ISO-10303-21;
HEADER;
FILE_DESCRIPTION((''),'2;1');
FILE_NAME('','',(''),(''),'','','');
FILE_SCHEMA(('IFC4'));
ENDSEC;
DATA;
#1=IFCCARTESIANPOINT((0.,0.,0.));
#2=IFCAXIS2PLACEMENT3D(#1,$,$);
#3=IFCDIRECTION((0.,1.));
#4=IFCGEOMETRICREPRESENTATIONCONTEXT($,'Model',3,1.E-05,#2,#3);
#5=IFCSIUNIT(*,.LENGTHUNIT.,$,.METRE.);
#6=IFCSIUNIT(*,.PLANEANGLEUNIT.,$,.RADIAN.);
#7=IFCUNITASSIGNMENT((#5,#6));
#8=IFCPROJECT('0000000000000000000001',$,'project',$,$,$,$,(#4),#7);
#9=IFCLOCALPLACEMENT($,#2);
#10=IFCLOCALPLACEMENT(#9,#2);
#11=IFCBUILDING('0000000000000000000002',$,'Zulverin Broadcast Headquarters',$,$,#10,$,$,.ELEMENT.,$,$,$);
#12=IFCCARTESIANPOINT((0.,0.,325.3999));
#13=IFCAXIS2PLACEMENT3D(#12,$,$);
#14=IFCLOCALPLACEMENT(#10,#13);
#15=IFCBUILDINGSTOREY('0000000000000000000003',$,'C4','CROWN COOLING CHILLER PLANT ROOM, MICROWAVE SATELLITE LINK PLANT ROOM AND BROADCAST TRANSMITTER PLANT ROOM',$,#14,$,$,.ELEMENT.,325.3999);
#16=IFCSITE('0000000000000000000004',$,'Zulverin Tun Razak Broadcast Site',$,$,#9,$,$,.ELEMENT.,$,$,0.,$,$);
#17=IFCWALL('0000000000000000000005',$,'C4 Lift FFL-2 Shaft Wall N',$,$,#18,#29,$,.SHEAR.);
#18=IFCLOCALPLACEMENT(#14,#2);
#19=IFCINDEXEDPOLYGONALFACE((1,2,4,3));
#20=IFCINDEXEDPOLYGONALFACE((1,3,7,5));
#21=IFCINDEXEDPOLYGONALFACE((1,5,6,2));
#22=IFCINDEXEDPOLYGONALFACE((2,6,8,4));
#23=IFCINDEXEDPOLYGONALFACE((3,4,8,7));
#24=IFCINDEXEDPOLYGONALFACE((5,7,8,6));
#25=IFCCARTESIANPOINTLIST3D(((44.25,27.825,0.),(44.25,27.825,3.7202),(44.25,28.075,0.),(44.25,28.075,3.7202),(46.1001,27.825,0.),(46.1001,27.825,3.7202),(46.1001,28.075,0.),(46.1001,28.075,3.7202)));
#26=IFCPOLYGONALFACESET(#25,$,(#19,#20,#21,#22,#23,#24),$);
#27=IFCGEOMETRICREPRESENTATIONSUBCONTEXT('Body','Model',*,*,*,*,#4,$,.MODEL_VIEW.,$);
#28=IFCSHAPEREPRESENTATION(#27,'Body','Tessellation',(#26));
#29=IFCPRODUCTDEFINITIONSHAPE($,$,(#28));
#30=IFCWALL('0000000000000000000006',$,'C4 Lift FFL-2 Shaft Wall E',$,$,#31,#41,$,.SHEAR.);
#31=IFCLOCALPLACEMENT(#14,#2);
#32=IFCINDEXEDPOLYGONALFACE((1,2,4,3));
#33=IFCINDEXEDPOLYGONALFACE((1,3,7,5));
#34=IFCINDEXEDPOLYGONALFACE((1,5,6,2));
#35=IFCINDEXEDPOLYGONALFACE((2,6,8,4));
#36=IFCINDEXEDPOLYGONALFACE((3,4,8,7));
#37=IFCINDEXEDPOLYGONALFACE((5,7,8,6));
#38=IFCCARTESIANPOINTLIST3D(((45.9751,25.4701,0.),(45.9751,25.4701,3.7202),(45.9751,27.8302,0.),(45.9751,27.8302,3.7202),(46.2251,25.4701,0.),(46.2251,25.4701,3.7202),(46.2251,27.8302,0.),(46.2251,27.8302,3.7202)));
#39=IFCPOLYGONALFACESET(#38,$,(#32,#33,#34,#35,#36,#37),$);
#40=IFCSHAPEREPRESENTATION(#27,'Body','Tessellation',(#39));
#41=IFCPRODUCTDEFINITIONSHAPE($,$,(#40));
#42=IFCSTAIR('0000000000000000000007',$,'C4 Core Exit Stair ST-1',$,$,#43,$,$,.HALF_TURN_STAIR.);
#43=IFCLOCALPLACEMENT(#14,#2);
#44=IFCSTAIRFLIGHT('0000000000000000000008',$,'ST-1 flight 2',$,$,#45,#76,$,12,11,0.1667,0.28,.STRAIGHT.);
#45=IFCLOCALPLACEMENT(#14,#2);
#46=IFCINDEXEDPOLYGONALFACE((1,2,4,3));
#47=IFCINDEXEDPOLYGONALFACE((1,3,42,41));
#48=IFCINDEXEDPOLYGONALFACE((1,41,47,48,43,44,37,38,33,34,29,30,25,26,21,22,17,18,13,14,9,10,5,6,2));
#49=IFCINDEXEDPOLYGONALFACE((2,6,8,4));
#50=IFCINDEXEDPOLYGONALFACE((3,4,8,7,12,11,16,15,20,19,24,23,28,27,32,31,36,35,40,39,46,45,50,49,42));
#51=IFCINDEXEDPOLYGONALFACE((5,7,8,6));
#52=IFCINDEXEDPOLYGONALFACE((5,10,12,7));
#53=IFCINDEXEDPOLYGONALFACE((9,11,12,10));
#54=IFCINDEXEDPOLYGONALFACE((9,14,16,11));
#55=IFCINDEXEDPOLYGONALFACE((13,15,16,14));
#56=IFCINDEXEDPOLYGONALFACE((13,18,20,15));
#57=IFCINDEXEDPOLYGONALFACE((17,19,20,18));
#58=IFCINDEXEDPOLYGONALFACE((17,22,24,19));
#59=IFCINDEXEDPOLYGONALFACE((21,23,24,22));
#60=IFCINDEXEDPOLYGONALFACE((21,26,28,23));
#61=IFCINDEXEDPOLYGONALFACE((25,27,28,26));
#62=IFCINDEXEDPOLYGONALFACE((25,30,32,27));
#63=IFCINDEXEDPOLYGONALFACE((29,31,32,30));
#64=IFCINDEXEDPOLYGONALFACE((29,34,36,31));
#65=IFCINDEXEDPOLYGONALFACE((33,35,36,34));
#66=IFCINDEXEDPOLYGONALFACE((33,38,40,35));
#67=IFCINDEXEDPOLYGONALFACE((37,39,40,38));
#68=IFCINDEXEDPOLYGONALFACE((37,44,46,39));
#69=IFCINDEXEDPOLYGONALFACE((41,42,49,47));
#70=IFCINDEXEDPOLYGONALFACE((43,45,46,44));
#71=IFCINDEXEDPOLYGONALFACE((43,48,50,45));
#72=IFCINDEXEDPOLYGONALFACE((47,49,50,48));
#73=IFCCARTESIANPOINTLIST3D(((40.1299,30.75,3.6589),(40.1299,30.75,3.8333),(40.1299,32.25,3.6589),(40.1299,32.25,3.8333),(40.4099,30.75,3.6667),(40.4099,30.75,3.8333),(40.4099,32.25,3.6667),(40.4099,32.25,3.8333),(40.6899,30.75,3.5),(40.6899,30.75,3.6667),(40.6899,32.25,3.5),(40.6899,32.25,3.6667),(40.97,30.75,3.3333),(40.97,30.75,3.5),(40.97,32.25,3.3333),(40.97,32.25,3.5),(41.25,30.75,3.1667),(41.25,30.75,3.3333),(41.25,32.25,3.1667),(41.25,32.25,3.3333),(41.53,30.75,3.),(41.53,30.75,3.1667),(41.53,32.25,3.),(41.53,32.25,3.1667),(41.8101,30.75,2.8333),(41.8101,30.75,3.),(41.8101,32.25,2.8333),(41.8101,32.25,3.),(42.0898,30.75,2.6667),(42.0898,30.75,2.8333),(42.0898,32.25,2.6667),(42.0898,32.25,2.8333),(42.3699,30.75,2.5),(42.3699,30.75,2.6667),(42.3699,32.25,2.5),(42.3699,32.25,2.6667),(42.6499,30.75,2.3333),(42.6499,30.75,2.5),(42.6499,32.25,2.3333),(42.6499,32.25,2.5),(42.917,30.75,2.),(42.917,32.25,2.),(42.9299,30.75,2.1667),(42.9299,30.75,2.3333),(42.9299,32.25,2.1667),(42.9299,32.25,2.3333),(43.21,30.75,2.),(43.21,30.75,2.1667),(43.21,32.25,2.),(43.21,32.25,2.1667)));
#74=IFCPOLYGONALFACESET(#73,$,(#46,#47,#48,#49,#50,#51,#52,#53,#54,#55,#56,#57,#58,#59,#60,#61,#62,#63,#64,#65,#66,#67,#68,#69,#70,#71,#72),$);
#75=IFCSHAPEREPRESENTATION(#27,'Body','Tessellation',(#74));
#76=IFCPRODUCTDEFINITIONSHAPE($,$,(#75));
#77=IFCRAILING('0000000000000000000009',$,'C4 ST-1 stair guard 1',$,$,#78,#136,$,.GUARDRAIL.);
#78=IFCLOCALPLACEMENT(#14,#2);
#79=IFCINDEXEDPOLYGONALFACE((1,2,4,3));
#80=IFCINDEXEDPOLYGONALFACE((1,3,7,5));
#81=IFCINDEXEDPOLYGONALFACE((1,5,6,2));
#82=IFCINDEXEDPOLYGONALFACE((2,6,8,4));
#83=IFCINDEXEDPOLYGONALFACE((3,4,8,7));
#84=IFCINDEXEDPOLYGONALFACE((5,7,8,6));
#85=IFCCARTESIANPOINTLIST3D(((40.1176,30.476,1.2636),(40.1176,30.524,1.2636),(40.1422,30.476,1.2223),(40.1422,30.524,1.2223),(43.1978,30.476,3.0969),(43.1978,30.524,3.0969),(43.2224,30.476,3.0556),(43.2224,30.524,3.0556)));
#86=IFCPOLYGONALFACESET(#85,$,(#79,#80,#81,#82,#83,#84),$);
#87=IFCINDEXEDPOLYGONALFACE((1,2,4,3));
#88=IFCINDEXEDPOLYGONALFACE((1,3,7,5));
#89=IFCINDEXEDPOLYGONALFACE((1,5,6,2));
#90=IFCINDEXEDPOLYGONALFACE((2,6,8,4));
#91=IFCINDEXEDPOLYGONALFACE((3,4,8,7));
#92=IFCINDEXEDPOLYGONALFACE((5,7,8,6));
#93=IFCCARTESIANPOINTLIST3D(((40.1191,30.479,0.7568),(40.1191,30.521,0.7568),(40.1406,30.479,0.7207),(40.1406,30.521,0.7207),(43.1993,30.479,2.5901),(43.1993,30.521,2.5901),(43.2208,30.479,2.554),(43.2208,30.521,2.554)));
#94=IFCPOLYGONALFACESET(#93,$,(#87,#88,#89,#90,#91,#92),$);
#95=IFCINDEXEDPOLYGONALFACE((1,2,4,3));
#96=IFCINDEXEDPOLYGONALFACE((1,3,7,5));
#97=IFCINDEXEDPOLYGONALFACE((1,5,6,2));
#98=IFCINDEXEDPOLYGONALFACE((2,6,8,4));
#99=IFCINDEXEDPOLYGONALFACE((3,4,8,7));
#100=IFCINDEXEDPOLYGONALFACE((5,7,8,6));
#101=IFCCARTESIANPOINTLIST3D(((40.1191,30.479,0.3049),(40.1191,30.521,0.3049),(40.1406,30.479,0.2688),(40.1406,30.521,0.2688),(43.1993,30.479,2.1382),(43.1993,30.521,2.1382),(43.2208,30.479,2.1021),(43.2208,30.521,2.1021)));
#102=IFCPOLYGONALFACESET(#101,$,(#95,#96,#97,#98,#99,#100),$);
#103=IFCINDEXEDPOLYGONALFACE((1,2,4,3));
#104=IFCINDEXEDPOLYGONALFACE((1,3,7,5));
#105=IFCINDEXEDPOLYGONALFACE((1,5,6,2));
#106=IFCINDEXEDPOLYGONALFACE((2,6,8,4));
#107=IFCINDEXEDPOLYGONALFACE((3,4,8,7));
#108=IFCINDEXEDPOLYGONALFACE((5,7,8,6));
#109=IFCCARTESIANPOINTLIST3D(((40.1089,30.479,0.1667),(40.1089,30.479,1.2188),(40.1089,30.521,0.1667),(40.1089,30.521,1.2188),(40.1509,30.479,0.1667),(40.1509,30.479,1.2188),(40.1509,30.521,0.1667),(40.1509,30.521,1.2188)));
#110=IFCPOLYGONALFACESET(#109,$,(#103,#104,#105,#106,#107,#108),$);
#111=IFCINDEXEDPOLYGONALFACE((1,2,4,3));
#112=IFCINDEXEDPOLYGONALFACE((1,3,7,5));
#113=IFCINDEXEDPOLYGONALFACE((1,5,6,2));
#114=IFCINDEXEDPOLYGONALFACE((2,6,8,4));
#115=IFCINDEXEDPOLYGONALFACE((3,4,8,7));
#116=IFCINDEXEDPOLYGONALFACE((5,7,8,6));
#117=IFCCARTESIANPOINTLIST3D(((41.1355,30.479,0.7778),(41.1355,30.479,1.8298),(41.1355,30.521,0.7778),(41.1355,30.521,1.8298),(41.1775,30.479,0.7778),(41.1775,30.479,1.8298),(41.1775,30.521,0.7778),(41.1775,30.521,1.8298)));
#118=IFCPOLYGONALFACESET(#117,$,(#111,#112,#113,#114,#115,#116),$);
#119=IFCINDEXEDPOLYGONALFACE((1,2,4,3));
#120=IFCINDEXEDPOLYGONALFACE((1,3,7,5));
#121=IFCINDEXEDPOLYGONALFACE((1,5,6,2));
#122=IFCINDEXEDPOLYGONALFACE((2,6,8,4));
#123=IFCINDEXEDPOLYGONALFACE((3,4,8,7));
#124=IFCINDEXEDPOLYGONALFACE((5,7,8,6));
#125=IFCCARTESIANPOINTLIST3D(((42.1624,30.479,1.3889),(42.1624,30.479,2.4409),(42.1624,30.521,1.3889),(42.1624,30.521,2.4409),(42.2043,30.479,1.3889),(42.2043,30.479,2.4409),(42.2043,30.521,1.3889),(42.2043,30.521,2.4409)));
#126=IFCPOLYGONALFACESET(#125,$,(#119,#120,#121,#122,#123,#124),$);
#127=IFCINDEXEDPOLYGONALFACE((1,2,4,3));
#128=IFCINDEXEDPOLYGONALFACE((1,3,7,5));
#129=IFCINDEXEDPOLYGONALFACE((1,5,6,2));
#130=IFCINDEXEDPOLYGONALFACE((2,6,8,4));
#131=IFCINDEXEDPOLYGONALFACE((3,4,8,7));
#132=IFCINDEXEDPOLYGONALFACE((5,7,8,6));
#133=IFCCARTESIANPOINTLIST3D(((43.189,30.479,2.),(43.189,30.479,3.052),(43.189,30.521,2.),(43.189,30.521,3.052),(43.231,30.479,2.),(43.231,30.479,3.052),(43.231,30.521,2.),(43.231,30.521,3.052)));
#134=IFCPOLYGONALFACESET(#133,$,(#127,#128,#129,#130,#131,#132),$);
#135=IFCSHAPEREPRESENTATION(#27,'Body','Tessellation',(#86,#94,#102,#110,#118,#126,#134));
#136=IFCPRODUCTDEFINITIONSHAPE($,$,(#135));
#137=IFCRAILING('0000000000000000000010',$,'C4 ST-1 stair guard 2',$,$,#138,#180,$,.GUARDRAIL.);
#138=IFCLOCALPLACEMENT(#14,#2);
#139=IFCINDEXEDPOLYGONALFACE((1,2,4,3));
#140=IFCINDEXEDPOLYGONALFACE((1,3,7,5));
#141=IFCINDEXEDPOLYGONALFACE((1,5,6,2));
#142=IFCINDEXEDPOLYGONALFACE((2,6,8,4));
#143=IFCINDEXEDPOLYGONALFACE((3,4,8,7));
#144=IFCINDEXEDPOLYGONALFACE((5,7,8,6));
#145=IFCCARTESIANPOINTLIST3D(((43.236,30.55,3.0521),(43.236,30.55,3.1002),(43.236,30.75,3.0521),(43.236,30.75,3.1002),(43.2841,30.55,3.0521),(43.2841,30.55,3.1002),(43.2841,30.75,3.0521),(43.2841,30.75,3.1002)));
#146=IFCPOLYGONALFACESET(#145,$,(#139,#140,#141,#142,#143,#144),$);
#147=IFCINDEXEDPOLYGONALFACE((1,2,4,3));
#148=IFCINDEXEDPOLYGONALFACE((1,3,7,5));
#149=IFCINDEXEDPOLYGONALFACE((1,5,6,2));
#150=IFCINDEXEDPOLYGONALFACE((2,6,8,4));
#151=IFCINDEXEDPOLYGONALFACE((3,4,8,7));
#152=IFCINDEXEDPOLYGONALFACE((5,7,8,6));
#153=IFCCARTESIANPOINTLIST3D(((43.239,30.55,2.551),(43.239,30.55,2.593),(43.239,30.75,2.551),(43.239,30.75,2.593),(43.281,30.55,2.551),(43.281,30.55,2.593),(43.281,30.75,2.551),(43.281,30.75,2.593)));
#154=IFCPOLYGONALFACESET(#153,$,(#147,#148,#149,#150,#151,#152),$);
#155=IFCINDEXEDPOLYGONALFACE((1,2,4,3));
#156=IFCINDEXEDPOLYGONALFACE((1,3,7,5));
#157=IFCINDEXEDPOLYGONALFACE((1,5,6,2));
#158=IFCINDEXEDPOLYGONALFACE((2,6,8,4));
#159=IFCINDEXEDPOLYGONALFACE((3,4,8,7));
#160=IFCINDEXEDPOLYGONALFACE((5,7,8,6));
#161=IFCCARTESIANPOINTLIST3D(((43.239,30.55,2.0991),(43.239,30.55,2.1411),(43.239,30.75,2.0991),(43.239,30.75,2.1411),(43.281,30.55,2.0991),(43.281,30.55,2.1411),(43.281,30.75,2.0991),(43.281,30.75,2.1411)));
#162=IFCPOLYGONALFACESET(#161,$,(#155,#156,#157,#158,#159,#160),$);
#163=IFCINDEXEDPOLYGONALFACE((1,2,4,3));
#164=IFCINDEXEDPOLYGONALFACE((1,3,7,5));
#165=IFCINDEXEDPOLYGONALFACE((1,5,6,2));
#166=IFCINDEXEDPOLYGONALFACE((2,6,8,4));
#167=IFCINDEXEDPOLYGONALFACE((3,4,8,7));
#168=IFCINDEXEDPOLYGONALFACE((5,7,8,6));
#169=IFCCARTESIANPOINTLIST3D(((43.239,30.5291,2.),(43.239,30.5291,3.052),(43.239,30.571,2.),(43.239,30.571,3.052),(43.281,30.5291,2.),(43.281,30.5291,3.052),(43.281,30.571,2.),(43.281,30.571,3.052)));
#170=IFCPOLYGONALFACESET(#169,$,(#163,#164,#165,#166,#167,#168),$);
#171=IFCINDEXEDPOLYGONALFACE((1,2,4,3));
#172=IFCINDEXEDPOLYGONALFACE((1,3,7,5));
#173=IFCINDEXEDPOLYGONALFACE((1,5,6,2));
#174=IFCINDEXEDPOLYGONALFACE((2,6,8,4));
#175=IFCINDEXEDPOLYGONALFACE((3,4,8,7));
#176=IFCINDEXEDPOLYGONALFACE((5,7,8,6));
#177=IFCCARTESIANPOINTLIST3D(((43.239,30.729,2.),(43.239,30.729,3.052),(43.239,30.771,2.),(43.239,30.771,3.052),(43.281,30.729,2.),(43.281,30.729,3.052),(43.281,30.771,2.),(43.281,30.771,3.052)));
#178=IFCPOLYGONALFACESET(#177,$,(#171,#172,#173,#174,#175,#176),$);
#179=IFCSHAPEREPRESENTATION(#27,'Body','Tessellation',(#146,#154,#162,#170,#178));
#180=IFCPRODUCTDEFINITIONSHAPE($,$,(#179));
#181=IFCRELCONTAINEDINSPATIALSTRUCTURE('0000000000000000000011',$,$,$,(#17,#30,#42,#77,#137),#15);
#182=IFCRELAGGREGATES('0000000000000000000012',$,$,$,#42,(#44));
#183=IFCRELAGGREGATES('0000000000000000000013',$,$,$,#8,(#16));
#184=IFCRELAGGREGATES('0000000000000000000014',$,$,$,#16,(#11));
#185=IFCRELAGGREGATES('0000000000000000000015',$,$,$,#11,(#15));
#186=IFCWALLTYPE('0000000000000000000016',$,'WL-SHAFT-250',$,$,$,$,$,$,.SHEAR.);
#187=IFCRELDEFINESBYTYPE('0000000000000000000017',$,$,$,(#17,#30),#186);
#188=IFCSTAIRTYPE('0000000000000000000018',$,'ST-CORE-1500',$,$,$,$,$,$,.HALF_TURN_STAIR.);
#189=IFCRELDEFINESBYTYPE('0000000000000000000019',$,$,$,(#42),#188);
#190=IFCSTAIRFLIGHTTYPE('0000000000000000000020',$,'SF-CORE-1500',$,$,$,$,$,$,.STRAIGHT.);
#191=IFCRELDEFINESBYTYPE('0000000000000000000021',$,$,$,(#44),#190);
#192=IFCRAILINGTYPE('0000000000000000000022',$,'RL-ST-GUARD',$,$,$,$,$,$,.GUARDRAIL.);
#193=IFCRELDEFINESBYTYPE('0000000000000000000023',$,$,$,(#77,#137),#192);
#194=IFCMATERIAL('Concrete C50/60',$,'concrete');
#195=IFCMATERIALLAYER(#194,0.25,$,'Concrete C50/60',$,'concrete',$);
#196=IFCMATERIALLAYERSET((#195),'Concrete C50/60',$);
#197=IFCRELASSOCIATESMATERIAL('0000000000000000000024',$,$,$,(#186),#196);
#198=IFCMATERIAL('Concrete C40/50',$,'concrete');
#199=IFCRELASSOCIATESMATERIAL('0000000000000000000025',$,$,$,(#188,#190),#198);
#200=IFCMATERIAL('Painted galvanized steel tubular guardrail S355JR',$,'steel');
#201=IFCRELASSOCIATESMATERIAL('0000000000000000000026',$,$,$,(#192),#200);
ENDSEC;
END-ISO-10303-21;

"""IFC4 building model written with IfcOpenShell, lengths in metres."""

from ifc_helpers import new_model, si_unit, direction, frame, frame_2d, origin, origin_2d, place, context, subcontext, project, spatial, polyline, rectangle, outline, extrude, material, layer, layer_set, type_object, element, aggregate, save


model = new_model("IFC4")

# Units and contexts
model_context = context("Model", 3, precision=1e-05, world=origin(), true_north=direction((0.0, 1.0)))
body_context = subcontext(model_context, "Body", "Model", "MODEL_VIEW")
ifc_project = project(units=[si_unit("LENGTHUNIT", "METRE"), si_unit("PLANEANGLEUNIT", "RADIAN")], contexts=[model_context])

# Site, building, storey
site_placement = place(None, origin())
site = spatial("IfcSite", under=ifc_project, at=site_placement, Name="Zulverin Tun Razak Broadcast Site", CompositionType="ELEMENT", RefElevation=0.0)
building_placement = place(site_placement, origin())
building = spatial("IfcBuilding", under=site, at=building_placement, Name="Zulverin Broadcast Headquarters", CompositionType="ELEMENT")
storey_placement = place(building_placement, frame((0.0, 0.0, 325.3999)))
storey = spatial("IfcBuildingStorey", under=building, at=storey_placement, Name="C4", Description="CROWN COOLING CHILLER PLANT ROOM, MICROWAVE SATELLITE LINK PLANT ROOM AND BROADCAST TRANSMITTER PLANT ROOM", CompositionType="ELEMENT", Elevation=325.3999)

# Shared definitions
ifc_material_1 = material(Name="Concrete C50/60", Category="concrete")

# Walls
ifc_layer_1 = layer(ifc_material_1, 0.25, Name="Concrete C50/60", Category="concrete")
ifc_layer_set_1 = layer_set([ifc_layer_1], Name="Concrete C50/60")
wall_type_1 = type_object("IfcWallType", Name="WL-SHAFT-250", PredefinedType="SHEAR", material=ifc_layer_set_1)
wall_1_placement = place(storey_placement, frame((44.25, 27.95, 0.0), z_axis=(0.0, 0.0, 1.0), x_axis=(1.0, 0.0, 0.0)))
element("IfcWall", 1, at=wall_1_placement, inside=storey, type_object=wall_type_1, Name="C4 Lift FFL-2 Shaft Wall N", PredefinedType="SHEAR", context=body_context, shape_type="SweptSolid", body=[
    extrude(rectangle(XDim=1.8501, YDim=0.25, at=frame_2d((0.925, 0.0))), origin(), (0.0, 0.0, 1.0), 3.7202),
])
wall_2_placement = place(storey_placement, frame((46.1001, 25.47, 0.0), z_axis=(0.0, 0.0, 1.0), x_axis=(0.0, 1.0, 0.0)))
element("IfcWall", 2, at=wall_2_placement, inside=storey, type_object=wall_type_1, Name="C4 Lift FFL-2 Shaft Wall E", PredefinedType="SHEAR", context=body_context, shape_type="SweptSolid", body=[
    extrude(rectangle(XDim=2.3601, YDim=0.25, at=frame_2d((1.1802, 0.0))), origin(), (0.0, 0.0, 1.0), 3.7202),
])

# Stair, stair flight
ifc_material_2 = material(Name="Concrete C40/50", Category="concrete")
stair_type = type_object("IfcStairType", Name="ST-CORE-1500", PredefinedType="HALF_TURN_STAIR", material=ifc_material_2)
stair_placement = place(storey_placement, origin())
stair = element("IfcStair", 3, at=stair_placement, inside=storey, type_object=stair_type, Name="C4 Core Exit Stair ST-1", PredefinedType="HALF_TURN_STAIR")
stair_flight_type = type_object("IfcStairFlightType", Name="SF-CORE-1500", PredefinedType="STRAIGHT", material=ifc_material_2)
stair_flight_placement = place(storey_placement, frame((43.21, 31.5, 2.0), z_axis=(0.0, 0.0, 1.0), x_axis=(-1.0, 0.0, 0.0)))
stair_flight = element("IfcStairFlight", 4, at=stair_flight_placement, type_object=stair_flight_type, Name="ST-1 flight 2", NumberOfRisers=12, NumberOfTreads=11, PredefinedType="STRAIGHT", RiserHeight=0.1667, TreadLength=0.28, context=body_context, shape_type="SweptSolid", body=[
    extrude(outline(polyline([(0.0, 0.0), (0.0, 0.1667), (0.28, 0.1667), (0.28, 0.3333), (0.5601, 0.3333), (0.5601, 0.5), (0.8401, 0.5), (0.8401, 0.6667), (1.1201, 0.6667), (1.1201, 0.8333), (1.3999, 0.8333), (1.3999, 1.0), (1.6799, 1.0), (1.6799, 1.1667), (1.96, 1.1667), (1.96, 1.3333), (2.24, 1.3333), (2.24, 1.5), (2.52, 1.5), (2.52, 1.6667), (2.8, 1.6667), (2.8, 1.8333), (3.0801, 1.8333), (3.0801, 2.0), (3.0801, 1.6589), (0.293, 0.0), (0.0, 0.0)])), frame((0.0, 0.75, 0.0), z_axis=(0.0, -1.0, 0.0), x_axis=(1.0, 0.0, 0.0)), (0.0, 0.0, 1.0), 1.5),
])
aggregate(stair, [stair_flight])

# Railings
ifc_material_3 = material(Name="Painted galvanized steel tubular guardrail S355JR", Category="steel")
railing_type_1 = type_object("IfcRailingType", Name="RL-ST-GUARD", PredefinedType="GUARDRAIL", material=ifc_material_3)
railing_1_placement = place(storey_placement, frame((40.1299, 30.5, 0.1667)))
element("IfcRailing", 5, at=railing_1_placement, inside=storey, type_object=railing_type_1, Name="C4 ST-1 stair guard 1", PredefinedType="GUARDRAIL", context=body_context, shape_type="SweptSolid", body=[
    extrude(rectangle(XDim=0.0481, YDim=0.0481, at=origin_2d()), frame((0.0, 0.0, 1.0762), z_axis=(0.859309, 0.0, 0.511458), x_axis=(0.0, 1.0, 0.0)), (0.0, 0.0, 1.0), 3.5845),
    extrude(rectangle(XDim=0.042, YDim=0.042, at=origin_2d()), frame((0.0, 0.0, 0.572), z_axis=(0.859309, 0.0, 0.511458), x_axis=(0.0, 1.0, 0.0)), (0.0, 0.0, 1.0), 3.5845),
    extrude(rectangle(XDim=0.042, YDim=0.042, at=origin_2d()), frame((0.0, 0.0, 0.1201), z_axis=(0.859309, 0.0, 0.511458), x_axis=(0.0, 1.0, 0.0)), (0.0, 0.0, 1.0), 3.5845),
    extrude(rectangle(XDim=0.042, YDim=0.042, at=origin_2d()), origin(), (0.0, 0.0, 1.0), 1.052),
    extrude(rectangle(XDim=0.042, YDim=0.042, at=origin_2d()), frame((1.0266, 0.0, 0.6111)), (0.0, 0.0, 1.0), 1.052),
    extrude(rectangle(XDim=0.042, YDim=0.042, at=origin_2d()), frame((2.0535, 0.0, 1.2222)), (0.0, 0.0, 1.0), 1.052),
    extrude(rectangle(XDim=0.042, YDim=0.042, at=origin_2d()), frame((3.0801, 0.0, 1.8333)), (0.0, 0.0, 1.0), 1.052),
])
railing_2_placement = place(storey_placement, frame((43.26, 30.55, 2.0)))
element("IfcRailing", 6, at=railing_2_placement, inside=storey, type_object=railing_type_1, Name="C4 ST-1 stair guard 2", PredefinedType="GUARDRAIL", context=body_context, shape_type="SweptSolid", body=[
    extrude(rectangle(XDim=0.0481, YDim=0.0481, at=origin_2d()), frame((0.0, 0.0, 1.0762), z_axis=(0.0, 1.0, 0.0), x_axis=(-1.0, 0.0, 0.0)), (0.0, 0.0, 1.0), 0.2),
    extrude(rectangle(XDim=0.042, YDim=0.042, at=origin_2d()), frame((0.0, 0.0, 0.572), z_axis=(0.0, 1.0, 0.0), x_axis=(-1.0, 0.0, 0.0)), (0.0, 0.0, 1.0), 0.2),
    extrude(rectangle(XDim=0.042, YDim=0.042, at=origin_2d()), frame((0.0, 0.0, 0.1201), z_axis=(0.0, 1.0, 0.0), x_axis=(-1.0, 0.0, 0.0)), (0.0, 0.0, 1.0), 0.2),
    extrude(rectangle(XDim=0.042, YDim=0.042, at=origin_2d()), origin(), (0.0, 0.0, 1.0), 1.052),
    extrude(rectangle(XDim=0.042, YDim=0.042, at=origin_2d()), frame((0.0, 0.2, 0.0)), (0.0, 0.0, 1.0), 1.052),
])

save(model, "model.ifc")
